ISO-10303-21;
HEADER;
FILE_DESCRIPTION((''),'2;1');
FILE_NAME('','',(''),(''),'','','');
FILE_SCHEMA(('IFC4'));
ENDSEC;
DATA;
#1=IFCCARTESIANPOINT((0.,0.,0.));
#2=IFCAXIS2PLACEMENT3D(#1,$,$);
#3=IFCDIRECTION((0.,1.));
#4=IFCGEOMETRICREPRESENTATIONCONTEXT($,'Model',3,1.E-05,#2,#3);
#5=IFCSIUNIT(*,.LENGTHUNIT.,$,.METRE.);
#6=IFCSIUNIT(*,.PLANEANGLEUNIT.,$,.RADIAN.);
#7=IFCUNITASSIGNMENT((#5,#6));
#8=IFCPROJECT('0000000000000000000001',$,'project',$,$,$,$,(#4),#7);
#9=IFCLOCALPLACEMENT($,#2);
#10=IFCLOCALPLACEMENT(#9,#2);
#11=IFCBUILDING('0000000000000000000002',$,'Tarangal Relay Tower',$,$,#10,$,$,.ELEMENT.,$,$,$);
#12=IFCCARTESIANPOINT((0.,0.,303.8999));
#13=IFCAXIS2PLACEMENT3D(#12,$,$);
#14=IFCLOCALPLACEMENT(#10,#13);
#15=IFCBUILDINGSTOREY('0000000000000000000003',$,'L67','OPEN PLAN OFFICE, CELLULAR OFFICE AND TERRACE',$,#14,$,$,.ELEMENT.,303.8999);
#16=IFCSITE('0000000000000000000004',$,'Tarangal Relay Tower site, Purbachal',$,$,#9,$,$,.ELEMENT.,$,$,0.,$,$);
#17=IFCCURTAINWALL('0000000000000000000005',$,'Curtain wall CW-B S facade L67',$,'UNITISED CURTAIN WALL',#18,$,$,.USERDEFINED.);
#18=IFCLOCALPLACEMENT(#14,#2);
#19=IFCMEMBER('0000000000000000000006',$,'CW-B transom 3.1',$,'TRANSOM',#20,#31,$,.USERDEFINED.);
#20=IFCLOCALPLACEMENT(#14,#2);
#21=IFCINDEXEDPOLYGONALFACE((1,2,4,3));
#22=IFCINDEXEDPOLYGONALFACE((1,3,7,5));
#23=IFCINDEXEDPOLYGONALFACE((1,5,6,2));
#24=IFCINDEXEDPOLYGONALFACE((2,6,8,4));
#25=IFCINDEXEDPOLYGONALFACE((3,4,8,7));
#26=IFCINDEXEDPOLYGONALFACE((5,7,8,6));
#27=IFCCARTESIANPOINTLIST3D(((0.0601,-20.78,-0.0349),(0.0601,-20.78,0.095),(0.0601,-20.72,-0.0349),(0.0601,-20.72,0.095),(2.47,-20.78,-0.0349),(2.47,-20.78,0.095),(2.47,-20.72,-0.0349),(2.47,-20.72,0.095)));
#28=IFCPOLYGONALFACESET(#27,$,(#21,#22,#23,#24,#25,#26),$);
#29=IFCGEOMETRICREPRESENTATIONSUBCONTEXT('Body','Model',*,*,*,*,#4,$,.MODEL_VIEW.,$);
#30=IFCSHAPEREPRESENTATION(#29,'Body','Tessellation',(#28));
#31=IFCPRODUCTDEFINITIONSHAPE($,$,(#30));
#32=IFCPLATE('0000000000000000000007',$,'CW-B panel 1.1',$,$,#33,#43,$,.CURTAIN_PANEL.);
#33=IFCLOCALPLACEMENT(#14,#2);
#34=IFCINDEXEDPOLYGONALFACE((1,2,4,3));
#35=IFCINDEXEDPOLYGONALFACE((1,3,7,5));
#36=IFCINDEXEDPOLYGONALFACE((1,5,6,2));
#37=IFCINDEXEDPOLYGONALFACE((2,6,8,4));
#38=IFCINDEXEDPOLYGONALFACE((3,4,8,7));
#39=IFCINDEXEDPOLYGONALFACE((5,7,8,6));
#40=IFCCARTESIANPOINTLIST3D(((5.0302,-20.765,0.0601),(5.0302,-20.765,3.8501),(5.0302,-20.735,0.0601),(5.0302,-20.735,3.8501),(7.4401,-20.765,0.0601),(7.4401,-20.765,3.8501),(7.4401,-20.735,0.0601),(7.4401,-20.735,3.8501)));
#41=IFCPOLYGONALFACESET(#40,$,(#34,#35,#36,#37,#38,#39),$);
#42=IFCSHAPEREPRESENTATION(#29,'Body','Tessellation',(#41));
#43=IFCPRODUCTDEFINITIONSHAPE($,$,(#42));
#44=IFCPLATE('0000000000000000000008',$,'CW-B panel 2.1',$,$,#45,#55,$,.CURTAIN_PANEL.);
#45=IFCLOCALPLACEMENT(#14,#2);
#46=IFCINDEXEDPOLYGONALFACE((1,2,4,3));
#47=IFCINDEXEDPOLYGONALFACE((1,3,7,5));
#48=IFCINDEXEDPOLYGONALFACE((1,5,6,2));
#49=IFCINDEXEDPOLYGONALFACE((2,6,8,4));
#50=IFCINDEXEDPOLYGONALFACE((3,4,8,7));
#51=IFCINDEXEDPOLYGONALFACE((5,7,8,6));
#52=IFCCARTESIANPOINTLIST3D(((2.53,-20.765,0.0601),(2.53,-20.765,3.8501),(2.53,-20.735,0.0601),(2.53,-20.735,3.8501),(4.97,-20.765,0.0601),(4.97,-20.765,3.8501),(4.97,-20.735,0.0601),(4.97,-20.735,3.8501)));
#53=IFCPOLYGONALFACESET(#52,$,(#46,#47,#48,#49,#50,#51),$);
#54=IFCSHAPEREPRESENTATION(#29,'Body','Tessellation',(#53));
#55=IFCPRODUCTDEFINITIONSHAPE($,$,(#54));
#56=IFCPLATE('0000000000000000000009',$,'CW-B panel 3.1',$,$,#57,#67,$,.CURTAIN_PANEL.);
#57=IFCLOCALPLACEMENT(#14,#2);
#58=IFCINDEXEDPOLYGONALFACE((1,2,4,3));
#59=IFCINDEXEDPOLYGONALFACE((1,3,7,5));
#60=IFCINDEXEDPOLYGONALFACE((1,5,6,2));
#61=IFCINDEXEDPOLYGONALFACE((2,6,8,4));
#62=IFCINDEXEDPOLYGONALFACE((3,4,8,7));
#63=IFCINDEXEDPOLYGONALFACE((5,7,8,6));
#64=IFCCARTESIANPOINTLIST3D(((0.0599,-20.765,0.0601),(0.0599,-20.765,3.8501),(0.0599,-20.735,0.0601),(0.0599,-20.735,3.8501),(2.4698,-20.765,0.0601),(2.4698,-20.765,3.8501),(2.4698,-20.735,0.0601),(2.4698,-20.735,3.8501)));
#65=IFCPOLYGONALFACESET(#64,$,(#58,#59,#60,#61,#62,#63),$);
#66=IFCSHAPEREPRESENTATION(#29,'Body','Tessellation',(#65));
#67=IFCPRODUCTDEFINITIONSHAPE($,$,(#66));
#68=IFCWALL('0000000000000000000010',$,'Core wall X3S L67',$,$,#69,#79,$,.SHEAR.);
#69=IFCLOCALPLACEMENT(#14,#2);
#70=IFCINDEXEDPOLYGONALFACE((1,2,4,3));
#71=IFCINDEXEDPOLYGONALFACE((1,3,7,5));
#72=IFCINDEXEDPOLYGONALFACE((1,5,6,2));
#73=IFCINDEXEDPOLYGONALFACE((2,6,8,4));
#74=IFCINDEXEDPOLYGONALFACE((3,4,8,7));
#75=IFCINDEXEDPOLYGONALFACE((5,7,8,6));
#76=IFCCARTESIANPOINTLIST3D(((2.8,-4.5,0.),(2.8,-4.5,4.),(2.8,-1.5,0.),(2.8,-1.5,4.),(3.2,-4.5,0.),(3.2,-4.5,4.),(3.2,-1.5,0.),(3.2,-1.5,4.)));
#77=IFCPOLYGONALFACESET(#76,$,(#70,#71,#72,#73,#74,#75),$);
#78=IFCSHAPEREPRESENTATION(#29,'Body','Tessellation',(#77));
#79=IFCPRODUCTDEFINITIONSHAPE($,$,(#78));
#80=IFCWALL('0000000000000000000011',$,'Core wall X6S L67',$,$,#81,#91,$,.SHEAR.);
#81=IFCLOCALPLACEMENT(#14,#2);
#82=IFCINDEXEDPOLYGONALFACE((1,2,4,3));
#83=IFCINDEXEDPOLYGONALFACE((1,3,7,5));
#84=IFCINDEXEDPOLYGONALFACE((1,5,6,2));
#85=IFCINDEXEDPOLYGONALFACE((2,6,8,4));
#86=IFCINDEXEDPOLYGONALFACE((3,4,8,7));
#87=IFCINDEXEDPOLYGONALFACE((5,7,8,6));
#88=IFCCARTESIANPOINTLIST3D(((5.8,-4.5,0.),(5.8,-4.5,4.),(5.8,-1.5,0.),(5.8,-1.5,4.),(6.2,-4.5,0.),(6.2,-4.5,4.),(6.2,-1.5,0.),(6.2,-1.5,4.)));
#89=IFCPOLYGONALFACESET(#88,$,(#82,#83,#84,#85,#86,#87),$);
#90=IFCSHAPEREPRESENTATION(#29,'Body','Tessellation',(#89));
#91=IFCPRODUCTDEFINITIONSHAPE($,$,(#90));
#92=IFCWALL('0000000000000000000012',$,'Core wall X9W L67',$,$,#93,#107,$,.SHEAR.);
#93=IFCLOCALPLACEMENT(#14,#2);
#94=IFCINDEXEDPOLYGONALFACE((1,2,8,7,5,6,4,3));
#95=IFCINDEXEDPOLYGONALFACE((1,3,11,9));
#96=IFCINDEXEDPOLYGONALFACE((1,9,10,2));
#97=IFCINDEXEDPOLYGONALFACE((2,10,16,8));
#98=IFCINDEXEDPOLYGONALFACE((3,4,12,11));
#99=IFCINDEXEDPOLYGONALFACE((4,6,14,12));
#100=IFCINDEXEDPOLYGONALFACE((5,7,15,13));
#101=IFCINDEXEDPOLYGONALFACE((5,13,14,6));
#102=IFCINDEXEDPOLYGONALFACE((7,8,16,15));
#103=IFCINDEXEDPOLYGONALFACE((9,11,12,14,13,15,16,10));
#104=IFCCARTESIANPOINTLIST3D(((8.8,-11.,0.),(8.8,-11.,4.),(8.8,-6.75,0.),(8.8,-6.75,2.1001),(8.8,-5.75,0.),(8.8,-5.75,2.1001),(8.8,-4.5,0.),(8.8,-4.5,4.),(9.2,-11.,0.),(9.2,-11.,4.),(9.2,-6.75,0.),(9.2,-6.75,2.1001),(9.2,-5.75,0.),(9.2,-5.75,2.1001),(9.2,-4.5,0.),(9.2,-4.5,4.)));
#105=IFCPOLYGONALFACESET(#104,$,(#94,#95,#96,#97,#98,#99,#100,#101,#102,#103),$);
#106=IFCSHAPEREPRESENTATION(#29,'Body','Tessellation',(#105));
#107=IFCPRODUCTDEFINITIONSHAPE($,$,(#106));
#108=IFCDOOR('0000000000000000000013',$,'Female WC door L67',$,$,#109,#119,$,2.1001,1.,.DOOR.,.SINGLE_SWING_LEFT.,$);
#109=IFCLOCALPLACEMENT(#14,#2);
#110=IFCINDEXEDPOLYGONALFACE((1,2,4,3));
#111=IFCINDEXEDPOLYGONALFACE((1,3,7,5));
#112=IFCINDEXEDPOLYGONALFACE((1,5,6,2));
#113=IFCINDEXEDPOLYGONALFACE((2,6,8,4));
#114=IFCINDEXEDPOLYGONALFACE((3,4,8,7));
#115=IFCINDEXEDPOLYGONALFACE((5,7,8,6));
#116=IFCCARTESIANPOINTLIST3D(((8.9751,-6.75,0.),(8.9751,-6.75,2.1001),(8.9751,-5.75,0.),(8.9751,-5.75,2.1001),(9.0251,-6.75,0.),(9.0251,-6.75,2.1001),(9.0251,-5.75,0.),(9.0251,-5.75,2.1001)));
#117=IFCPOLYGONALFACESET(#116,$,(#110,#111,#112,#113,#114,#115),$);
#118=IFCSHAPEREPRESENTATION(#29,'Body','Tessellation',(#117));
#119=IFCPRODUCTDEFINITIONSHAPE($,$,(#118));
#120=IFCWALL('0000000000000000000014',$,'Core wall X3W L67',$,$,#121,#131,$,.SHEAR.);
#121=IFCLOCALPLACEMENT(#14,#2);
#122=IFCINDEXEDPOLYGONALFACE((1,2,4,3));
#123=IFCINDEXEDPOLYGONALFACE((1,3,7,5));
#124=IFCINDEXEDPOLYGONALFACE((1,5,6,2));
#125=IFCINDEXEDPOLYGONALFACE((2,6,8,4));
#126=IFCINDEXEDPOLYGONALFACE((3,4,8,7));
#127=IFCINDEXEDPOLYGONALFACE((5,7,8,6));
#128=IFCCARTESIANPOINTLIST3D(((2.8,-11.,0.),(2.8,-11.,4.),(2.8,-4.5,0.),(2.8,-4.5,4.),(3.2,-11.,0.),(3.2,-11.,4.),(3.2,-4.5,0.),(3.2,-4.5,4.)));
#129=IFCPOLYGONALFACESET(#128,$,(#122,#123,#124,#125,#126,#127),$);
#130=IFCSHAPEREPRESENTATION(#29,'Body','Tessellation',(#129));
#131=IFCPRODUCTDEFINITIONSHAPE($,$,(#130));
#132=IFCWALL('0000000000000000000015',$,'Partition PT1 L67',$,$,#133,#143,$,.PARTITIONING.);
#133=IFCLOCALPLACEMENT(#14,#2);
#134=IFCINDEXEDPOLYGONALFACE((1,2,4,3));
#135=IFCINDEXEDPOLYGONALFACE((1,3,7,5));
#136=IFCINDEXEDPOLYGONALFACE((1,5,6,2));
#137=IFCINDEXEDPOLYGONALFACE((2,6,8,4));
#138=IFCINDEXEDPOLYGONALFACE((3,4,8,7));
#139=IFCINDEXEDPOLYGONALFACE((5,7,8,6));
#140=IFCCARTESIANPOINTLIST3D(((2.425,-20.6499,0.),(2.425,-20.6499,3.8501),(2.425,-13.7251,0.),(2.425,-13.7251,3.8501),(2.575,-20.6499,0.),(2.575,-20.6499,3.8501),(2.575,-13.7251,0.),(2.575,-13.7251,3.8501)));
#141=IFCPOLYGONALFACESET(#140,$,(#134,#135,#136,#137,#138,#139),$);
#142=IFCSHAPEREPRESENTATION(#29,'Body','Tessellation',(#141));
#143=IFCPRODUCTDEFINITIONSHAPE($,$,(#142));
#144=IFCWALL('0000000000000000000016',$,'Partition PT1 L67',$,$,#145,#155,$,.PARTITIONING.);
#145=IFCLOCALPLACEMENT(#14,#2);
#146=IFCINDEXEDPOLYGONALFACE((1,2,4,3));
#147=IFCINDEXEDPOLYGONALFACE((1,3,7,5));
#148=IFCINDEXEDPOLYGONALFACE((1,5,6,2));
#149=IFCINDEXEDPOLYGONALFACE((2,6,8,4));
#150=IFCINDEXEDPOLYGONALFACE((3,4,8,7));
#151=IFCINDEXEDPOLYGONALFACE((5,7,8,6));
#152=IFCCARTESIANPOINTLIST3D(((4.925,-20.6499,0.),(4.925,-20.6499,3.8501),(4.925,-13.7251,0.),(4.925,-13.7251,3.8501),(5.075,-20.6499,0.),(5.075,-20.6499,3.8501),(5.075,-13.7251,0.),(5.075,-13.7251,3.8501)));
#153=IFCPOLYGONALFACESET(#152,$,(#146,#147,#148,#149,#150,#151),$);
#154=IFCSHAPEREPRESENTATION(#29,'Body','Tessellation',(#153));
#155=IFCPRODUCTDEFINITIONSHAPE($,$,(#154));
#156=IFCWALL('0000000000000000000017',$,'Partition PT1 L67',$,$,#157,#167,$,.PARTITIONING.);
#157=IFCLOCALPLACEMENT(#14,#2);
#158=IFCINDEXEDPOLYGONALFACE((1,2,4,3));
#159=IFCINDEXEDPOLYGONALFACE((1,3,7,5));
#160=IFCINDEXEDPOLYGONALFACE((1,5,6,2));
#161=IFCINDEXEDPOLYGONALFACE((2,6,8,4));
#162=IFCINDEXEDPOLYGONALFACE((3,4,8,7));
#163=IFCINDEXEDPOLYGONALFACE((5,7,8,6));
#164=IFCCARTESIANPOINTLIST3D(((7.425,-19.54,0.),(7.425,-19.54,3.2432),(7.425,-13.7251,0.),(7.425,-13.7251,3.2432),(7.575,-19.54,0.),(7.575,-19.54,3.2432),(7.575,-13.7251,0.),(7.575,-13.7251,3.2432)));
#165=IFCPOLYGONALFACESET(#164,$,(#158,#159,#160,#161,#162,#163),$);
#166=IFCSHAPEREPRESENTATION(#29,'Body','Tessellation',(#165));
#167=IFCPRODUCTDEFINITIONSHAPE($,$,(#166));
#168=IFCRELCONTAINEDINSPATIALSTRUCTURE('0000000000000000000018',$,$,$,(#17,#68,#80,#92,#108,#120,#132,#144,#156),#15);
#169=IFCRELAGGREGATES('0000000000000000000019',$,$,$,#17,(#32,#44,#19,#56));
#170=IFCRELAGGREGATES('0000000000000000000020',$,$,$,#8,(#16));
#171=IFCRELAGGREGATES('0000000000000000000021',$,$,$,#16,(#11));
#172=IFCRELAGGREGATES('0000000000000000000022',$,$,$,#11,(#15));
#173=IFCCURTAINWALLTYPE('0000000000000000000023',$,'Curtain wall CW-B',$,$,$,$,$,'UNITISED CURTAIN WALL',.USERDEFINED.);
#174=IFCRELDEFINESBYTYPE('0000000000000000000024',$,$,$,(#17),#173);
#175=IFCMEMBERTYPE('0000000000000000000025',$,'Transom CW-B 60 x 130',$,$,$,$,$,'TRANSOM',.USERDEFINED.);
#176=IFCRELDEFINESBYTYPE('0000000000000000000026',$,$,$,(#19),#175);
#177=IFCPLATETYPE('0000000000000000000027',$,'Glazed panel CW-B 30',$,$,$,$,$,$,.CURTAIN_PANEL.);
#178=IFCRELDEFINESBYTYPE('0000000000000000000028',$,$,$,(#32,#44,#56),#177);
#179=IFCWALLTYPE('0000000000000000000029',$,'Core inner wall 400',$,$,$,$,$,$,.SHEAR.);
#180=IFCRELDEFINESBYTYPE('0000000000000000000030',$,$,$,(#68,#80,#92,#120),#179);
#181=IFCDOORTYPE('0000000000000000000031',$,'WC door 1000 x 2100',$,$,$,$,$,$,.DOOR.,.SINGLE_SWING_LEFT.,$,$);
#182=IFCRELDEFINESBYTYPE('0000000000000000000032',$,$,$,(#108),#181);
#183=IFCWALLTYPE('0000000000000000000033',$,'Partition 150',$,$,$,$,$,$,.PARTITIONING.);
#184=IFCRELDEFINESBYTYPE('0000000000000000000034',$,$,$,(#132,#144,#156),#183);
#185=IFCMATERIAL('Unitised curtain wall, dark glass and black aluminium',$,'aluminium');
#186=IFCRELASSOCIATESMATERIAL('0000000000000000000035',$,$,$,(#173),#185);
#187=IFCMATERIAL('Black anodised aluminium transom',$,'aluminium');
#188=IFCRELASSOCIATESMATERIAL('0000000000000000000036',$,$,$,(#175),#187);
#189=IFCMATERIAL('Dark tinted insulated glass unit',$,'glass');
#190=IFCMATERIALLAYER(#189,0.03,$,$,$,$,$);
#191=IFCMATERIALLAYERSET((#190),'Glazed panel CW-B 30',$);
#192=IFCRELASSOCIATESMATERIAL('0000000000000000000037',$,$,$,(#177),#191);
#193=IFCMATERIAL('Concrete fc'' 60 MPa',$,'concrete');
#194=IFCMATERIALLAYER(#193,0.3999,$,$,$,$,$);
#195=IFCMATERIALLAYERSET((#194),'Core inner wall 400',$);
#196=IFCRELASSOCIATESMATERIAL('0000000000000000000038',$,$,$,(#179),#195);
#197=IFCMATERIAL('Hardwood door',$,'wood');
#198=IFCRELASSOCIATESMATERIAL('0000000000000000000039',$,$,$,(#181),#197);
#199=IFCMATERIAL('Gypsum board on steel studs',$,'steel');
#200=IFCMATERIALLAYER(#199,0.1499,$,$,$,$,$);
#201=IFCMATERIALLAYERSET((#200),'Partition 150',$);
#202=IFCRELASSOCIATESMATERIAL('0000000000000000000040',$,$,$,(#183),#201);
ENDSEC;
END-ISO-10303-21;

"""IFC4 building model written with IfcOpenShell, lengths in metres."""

from ifc_helpers import new_model, si_unit, direction, frame, frame_2d, origin, origin_2d, place, context, subcontext, project, spatial, rectangle, extrude, material, layer, layer_set, material_profile, profile_set, type_object, element, fill, aggregate, save


model = new_model("IFC4")

# Units and contexts
model_context = context("Model", 3, precision=1e-05, world=origin(), true_north=direction((0.0, 1.0)))
body_context = subcontext(model_context, "Body", "Model", "MODEL_VIEW")
ifc_project = project(units=[si_unit("LENGTHUNIT", "METRE"), si_unit("PLANEANGLEUNIT", "RADIAN")], contexts=[model_context])

# Site, building, storey
site_placement = place(None, origin())
site = spatial("IfcSite", under=ifc_project, at=site_placement, Name="Tarangal Relay Tower site, Purbachal", CompositionType="ELEMENT", RefElevation=0.0)
building_placement = place(site_placement, origin())
building = spatial("IfcBuilding", under=site, at=building_placement, Name="Tarangal Relay Tower", CompositionType="ELEMENT")
storey_placement = place(building_placement, frame((0.0, 0.0, 303.8999)))
storey = spatial("IfcBuildingStorey", under=building, at=storey_placement, Name="L67", Description="OPEN PLAN OFFICE, CELLULAR OFFICE AND TERRACE", CompositionType="ELEMENT", Elevation=303.8999)

# Curtain wall
ifc_material_1 = material(Name="Unitised curtain wall, dark glass and black aluminium", Category="aluminium")
curtain_wall_type_1 = type_object("IfcCurtainWallType", Name="Curtain wall CW-B", ElementType="UNITISED CURTAIN WALL", PredefinedType="USERDEFINED", material=ifc_material_1)
curtain_wall_1_placement = place(storey_placement, origin())
curtain_wall_1 = element("IfcCurtainWall", 1, at=curtain_wall_1_placement, inside=storey, type_object=curtain_wall_type_1, Name="Curtain wall CW-B S facade L67", ObjectType="UNITISED CURTAIN WALL", PredefinedType="USERDEFINED")

# Member
ifc_material_2 = material(Name="Black anodised aluminium transom", Category="aluminium")
ifc_material_profile_1 = material_profile(ifc_material_2, rectangle(XDim=0.0601, YDim=0.1299, at=origin_2d()), Name="CW-BT 60X130")
ifc_profile_set_1 = profile_set([ifc_material_profile_1], Name="Black anodised aluminium transom")
member_type_1 = type_object("IfcMemberType", Name="Transom CW-B 60 x 130", ElementType="TRANSOM", PredefinedType="USERDEFINED", material=ifc_profile_set_1)
member_1_placement = place(storey_placement, frame((2.47, -20.75, 0.03), z_axis=(-1.0, 0.0, 0.0), x_axis=(0.0, -1.0, 0.0)))
member_1 = element("IfcMember", 2, at=member_1_placement, type_object=member_type_1, Name="CW-B transom 3.1", ObjectType="TRANSOM", PredefinedType="USERDEFINED", context=body_context, shape_type="SweptSolid", body=[
    extrude(rectangle(XDim=0.0601, YDim=0.1299, at=origin_2d()), origin(), (0.0, 0.0, 1.0), 2.4099),
])

# Plates
ifc_material_3 = material(Name="Dark tinted insulated glass unit", Category="glass")
ifc_layer_1 = layer(ifc_material_3, 0.03)
ifc_layer_set_1 = layer_set([ifc_layer_1], Name="Glazed panel CW-B 30")
plate_type = type_object("IfcPlateType", Name="Glazed panel CW-B 30", PredefinedType="CURTAIN_PANEL", material=ifc_layer_set_1)
plate_1_placement = place(storey_placement, frame((6.2351, -20.75, 0.0601), z_axis=(0.0, 0.0, 1.0), x_axis=(-1.0, 0.0, 0.0)))
plate_1 = element("IfcPlate", 3, at=plate_1_placement, type_object=plate_type, Name="CW-B panel 1.1", PredefinedType="CURTAIN_PANEL", context=body_context, shape_type="SweptSolid", body=[
    extrude(rectangle(XDim=2.4099, YDim=0.03, at=origin_2d()), origin(), (0.0, 0.0, 1.0), 3.79),
])
plate_2_placement = place(storey_placement, frame((3.75, -20.75, 0.0601), z_axis=(0.0, 0.0, 1.0), x_axis=(-1.0, 0.0, 0.0)))
plate_2 = element("IfcPlate", 4, at=plate_2_placement, type_object=plate_type, Name="CW-B panel 2.1", PredefinedType="CURTAIN_PANEL", context=body_context, shape_type="SweptSolid", body=[
    extrude(rectangle(XDim=2.4399, YDim=0.03, at=origin_2d()), origin(), (0.0, 0.0, 1.0), 3.79),
])
plate_3_placement = place(storey_placement, frame((1.2649, -20.75, 0.0601), z_axis=(0.0, 0.0, 1.0), x_axis=(-1.0, 0.0, 0.0)))
plate_3 = element("IfcPlate", 5, at=plate_3_placement, type_object=plate_type, Name="CW-B panel 3.1", PredefinedType="CURTAIN_PANEL", context=body_context, shape_type="SweptSolid", body=[
    extrude(rectangle(XDim=2.4099, YDim=0.03, at=origin_2d()), origin(), (0.0, 0.0, 1.0), 3.79),
])
aggregate(curtain_wall_1, [plate_1, plate_2, member_1, plate_3])

# Walls
ifc_material_4 = material(Name="Concrete fc' 60 MPa", Category="concrete")
ifc_layer_2 = layer(ifc_material_4, 0.3999)
ifc_layer_set_2 = layer_set([ifc_layer_2], Name="Core inner wall 400")
wall_type_1 = type_object("IfcWallType", Name="Core inner wall 400", PredefinedType="SHEAR", material=ifc_layer_set_2)
for number, where, z_axis, x_axis, name in (
    (6, (3.0, -4.5, 0.0), (0.0, 0.0, 1.0), (0.0, 1.0, 0.0), "Core wall X3S L67"),
    (7, (6.0, -4.5, 0.0), (0.0, 0.0, 1.0), (0.0, 1.0, 0.0), "Core wall X6S L67"),
):
    element("IfcWall", number, at=place(storey_placement, frame(where, z_axis=z_axis, x_axis=x_axis)), inside=storey, type_object=wall_type_1, Name=name, PredefinedType="SHEAR", context=body_context, shape_type="SweptSolid", body=[
        extrude(rectangle(XDim=3.0, YDim=0.3999, at=frame_2d((1.5, 0.0))), origin(), (0.0, 0.0, 1.0), 4.0),
    ])

# Wall, opening, door
wall_1_placement = place(storey_placement, frame((9.0, -11.0, 0.0), z_axis=(0.0, 0.0, 1.0), x_axis=(0.0, 1.0, 0.0)))
wall_1 = element("IfcWall", 8, at=wall_1_placement, inside=storey, type_object=wall_type_1, Name="Core wall X9W L67", PredefinedType="SHEAR", context=body_context, shape_type="SweptSolid", body=[
    extrude(rectangle(XDim=6.5, YDim=0.3999, at=frame_2d((3.25, 0.0))), origin(), (0.0, 0.0, 1.0), 4.0),
])
opening_placement = place(wall_1_placement, frame((4.25, 0.0, 0.0)))
opening = element("IfcOpeningElement", 9, at=opening_placement, cuts=wall_1, PredefinedType="OPENING", context=body_context, shape_type="SweptSolid", body=[
    extrude(rectangle(XDim=1.0, YDim=2.1001, at=frame_2d((0.5, 1.05))), frame((0.0, 0.21, 0.0), z_axis=(0.0, -1.0, 0.0), x_axis=(1.0, 0.0, 0.0)), (0.0, 0.0, 1.0), 0.4199),
])
ifc_material_5 = material(Name="Hardwood door", Category="wood")
door_type = type_object("IfcDoorType", Name="WC door 1000 x 2100", OperationType="SINGLE_SWING_LEFT", PredefinedType="DOOR", material=ifc_material_5)
door_placement = place(opening_placement, origin())
door = element("IfcDoor", 10, at=door_placement, inside=storey, type_object=door_type, Name="Female WC door L67", OperationType="SINGLE_SWING_LEFT", OverallHeight=2.1001, OverallWidth=1.0, PredefinedType="DOOR", context=body_context, shape_type="SweptSolid", body=[
    extrude(rectangle(XDim=1.0, YDim=2.1001, at=frame_2d((0.5, 1.05))), frame((0.0, 0.0249, 0.0), z_axis=(0.0, -1.0, 0.0), x_axis=(1.0, 0.0, 0.0)), (0.0, 0.0, 1.0), 0.05),
])
fill(opening, door)

# Walls
wall_2_placement = place(storey_placement, frame((3.0, -11.0, 0.0), z_axis=(0.0, 0.0, 1.0), x_axis=(0.0, 1.0, 0.0)))
element("IfcWall", 11, at=wall_2_placement, inside=storey, type_object=wall_type_1, Name="Core wall X3W L67", PredefinedType="SHEAR", context=body_context, shape_type="SweptSolid", body=[
    extrude(rectangle(XDim=6.5, YDim=0.3999, at=frame_2d((3.25, 0.0))), origin(), (0.0, 0.0, 1.0), 4.0),
])
ifc_material_6 = material(Name="Gypsum board on steel studs", Category="steel")
ifc_layer_3 = layer(ifc_material_6, 0.1499)
ifc_layer_set_3 = layer_set([ifc_layer_3], Name="Partition 150")
wall_type_2 = type_object("IfcWallType", Name="Partition 150", PredefinedType="PARTITIONING", material=ifc_layer_set_3)
for number, where, z_axis, x_axis, name in (
    (12, (2.5, -20.6499, 0.0), (0.0, 0.0, 1.0), (0.0, 1.0, 0.0), "Partition PT1 L67"),
    (13, (5.0, -20.6499, 0.0), (0.0, 0.0, 1.0), (0.0, 1.0, 0.0), "Partition PT1 L67"),
):
    element("IfcWall", number, at=place(storey_placement, frame(where, z_axis=z_axis, x_axis=x_axis)), inside=storey, type_object=wall_type_2, Name=name, PredefinedType="PARTITIONING", context=body_context, shape_type="SweptSolid", body=[
        extrude(rectangle(XDim=6.9248, YDim=0.1499, at=frame_2d((3.4624, 0.0))), origin(), (0.0, 0.0, 1.0), 3.8501),
    ])
wall_3_placement = place(storey_placement, frame((7.5, -19.54, 0.0), z_axis=(0.0, 0.0, 1.0), x_axis=(0.0, 1.0, 0.0)))
element("IfcWall", 14, at=wall_3_placement, inside=storey, type_object=wall_type_2, Name="Partition PT1 L67", PredefinedType="PARTITIONING", context=body_context, shape_type="SweptSolid", body=[
    extrude(rectangle(XDim=5.8149, YDim=0.1499, at=frame_2d((2.9075, 0.0))), origin(), (0.0, 0.0, 1.0), 3.2432),
])

save(model, "model.ifc")
